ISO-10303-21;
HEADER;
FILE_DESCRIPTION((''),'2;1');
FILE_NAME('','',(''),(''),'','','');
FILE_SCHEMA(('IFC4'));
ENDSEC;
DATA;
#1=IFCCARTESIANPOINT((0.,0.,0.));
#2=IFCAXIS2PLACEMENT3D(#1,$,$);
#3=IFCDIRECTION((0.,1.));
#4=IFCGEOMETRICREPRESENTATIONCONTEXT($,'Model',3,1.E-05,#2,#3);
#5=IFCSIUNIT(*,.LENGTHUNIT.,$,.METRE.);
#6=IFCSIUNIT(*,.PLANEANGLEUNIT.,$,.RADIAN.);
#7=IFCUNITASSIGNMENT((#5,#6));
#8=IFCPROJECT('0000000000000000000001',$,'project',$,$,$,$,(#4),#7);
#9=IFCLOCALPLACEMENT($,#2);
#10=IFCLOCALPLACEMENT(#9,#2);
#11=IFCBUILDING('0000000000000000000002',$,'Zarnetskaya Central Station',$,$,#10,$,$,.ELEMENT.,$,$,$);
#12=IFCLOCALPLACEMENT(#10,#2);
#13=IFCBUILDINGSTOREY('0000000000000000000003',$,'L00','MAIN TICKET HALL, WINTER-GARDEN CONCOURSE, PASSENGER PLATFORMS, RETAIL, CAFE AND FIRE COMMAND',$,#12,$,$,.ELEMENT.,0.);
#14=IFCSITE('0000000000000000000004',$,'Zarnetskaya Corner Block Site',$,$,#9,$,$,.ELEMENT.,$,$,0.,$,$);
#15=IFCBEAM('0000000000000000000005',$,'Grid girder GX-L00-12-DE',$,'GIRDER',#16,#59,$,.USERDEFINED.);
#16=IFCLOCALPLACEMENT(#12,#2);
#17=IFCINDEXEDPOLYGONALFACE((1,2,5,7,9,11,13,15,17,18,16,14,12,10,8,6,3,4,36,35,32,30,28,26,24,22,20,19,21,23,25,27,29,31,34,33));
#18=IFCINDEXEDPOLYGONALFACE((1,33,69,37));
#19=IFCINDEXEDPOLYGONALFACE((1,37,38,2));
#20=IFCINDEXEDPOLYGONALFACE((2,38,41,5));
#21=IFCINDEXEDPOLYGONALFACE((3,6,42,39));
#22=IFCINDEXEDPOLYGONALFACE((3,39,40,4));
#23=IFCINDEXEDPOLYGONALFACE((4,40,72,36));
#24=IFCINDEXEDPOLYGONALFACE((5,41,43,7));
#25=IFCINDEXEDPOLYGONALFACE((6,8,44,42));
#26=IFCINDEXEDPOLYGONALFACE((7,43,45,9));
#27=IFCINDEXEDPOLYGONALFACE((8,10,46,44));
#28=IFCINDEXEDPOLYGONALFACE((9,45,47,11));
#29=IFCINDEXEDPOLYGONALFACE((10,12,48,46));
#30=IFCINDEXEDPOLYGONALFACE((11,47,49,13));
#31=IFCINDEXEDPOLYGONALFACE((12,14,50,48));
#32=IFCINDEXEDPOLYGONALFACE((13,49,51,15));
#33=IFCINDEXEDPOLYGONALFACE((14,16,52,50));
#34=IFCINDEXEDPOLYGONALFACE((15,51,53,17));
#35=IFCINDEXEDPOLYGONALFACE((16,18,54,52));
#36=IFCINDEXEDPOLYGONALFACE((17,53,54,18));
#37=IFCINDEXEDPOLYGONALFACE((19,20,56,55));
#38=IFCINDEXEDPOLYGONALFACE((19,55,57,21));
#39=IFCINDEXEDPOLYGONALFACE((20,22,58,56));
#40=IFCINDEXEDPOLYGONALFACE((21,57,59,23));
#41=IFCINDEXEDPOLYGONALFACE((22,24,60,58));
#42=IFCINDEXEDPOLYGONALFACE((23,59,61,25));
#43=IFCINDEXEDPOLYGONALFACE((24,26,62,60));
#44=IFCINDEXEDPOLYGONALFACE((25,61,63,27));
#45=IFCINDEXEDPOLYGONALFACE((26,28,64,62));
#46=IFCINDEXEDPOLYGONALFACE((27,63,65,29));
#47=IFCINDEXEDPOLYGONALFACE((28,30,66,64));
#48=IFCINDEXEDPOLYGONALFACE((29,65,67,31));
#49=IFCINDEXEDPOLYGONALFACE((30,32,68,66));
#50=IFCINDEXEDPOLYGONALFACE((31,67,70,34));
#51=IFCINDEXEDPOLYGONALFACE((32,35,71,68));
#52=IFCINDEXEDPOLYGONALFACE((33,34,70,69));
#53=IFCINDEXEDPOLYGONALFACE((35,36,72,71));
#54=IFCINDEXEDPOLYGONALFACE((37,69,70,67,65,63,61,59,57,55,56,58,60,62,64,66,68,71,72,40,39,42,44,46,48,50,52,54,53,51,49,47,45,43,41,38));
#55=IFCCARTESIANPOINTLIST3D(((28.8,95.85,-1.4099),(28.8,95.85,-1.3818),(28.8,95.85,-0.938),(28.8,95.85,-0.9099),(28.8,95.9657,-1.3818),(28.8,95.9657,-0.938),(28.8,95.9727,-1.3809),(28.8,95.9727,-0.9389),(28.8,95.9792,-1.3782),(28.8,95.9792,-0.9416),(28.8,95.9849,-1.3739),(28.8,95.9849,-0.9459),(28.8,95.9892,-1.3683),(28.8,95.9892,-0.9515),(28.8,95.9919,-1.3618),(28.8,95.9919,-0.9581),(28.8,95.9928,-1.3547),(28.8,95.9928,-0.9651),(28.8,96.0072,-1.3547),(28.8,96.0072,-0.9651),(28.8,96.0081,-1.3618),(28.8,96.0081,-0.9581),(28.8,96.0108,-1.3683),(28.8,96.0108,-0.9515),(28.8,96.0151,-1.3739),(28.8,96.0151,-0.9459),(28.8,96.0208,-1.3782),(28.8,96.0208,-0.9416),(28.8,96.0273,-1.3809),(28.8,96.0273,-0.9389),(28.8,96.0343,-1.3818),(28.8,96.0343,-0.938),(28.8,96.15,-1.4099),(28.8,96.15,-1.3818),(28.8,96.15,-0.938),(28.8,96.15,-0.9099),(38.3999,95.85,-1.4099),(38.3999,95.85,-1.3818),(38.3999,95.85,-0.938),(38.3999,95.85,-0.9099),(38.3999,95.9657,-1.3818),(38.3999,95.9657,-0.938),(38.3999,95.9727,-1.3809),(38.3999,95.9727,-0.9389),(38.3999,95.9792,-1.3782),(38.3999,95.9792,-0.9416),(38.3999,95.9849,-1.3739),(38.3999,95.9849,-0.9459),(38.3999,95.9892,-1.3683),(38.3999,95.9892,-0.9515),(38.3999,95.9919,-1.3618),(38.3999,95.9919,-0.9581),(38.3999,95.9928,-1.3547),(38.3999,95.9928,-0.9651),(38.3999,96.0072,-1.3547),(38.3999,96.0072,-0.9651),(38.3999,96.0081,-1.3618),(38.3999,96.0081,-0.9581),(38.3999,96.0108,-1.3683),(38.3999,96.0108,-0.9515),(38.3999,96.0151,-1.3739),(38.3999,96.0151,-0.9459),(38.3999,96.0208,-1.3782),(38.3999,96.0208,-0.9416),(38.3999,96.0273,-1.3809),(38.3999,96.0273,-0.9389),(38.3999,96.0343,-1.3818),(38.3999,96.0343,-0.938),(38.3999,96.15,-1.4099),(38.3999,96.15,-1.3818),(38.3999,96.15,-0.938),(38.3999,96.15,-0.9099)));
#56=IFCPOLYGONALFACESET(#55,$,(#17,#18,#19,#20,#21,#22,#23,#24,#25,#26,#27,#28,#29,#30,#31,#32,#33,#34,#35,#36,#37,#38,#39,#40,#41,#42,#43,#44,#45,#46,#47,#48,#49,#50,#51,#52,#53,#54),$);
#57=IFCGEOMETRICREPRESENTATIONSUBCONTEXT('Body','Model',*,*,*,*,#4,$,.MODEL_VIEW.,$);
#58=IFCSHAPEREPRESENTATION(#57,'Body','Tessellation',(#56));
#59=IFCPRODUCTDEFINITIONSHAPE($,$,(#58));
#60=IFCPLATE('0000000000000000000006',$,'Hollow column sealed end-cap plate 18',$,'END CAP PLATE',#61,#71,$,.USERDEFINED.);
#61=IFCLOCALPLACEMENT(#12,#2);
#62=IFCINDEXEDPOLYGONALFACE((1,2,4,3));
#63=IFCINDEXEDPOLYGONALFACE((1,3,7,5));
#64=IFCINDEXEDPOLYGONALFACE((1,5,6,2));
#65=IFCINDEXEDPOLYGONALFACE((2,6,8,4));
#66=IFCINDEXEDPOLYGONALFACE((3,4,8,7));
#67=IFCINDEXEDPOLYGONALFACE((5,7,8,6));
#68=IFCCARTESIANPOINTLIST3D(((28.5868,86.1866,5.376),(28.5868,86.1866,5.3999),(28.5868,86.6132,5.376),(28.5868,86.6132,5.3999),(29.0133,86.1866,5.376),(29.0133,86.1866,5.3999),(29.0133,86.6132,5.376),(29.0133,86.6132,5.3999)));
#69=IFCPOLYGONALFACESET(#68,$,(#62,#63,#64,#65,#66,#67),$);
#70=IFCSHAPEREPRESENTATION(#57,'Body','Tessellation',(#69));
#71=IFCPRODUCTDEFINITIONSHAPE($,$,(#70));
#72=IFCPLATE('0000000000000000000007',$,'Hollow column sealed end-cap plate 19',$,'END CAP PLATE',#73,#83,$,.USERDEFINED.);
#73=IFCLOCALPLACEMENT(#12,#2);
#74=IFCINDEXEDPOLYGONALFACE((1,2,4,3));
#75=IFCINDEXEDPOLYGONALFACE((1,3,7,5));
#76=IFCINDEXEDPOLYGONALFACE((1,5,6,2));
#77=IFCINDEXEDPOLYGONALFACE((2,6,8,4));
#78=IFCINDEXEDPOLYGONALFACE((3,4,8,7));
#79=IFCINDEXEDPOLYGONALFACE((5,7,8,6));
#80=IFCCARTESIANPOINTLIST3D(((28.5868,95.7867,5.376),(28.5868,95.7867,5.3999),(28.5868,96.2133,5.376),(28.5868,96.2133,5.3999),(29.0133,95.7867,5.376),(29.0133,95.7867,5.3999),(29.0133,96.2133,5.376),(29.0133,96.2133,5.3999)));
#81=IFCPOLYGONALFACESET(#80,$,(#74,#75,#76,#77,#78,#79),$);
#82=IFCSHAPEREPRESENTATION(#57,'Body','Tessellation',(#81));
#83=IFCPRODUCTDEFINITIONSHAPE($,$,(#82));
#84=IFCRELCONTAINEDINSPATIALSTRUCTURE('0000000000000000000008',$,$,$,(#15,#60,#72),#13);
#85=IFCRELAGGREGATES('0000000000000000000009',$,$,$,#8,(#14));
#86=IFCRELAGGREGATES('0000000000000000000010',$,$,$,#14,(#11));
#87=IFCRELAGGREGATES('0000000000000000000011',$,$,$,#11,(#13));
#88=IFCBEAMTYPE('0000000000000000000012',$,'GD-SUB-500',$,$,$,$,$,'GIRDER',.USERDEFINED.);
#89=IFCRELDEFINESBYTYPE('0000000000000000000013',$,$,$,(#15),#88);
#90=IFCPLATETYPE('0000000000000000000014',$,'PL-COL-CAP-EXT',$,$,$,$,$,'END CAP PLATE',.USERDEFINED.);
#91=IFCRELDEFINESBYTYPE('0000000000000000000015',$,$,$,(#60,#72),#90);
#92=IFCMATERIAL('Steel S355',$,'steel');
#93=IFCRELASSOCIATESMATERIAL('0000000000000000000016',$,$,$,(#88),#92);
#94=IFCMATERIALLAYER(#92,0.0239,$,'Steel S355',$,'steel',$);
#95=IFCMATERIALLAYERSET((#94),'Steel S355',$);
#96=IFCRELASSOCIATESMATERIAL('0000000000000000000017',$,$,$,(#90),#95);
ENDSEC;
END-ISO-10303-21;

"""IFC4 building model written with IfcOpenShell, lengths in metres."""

from ifc_helpers import new_model, si_unit, direction, frame, origin, origin_2d, place, context, subcontext, project, spatial, rectangle, i_section, extrude, material, layer, layer_set, material_profile, profile_set, type_object, element, save


model = new_model("IFC4")

# Units and contexts
model_context = context("Model", 3, precision=1e-05, world=origin(), true_north=direction((0.0, 1.0)))
body_context = subcontext(model_context, "Body", "Model", "MODEL_VIEW")
ifc_project = project(units=[si_unit("LENGTHUNIT", "METRE"), si_unit("PLANEANGLEUNIT", "RADIAN")], contexts=[model_context])

# Site, building, storey
site_placement = place(None, origin())
site = spatial("IfcSite", under=ifc_project, at=site_placement, Name="Zarnetskaya Corner Block Site", CompositionType="ELEMENT", RefElevation=0.0)
building_placement = place(site_placement, origin())
building = spatial("IfcBuilding", under=site, at=building_placement, Name="Zarnetskaya Central Station", CompositionType="ELEMENT")
storey_placement = place(building_placement, origin())
storey = spatial("IfcBuildingStorey", under=building, at=storey_placement, Name="L00", Description="MAIN TICKET HALL, WINTER-GARDEN CONCOURSE, PASSENGER PLATFORMS, RETAIL, CAFE AND FIRE COMMAND", CompositionType="ELEMENT", Elevation=0.0)

# Shared definitions
ifc_material = material(Name="Steel S355", Category="steel")

# Beam
ifc_material_profile_1 = material_profile(ifc_material, i_section(OverallWidth=0.3, OverallDepth=0.5, WebThickness=0.0144, FlangeThickness=0.0281, FilletRadius=0.0271, at=origin_2d()), Name="HEB 500")
ifc_profile_set_1 = profile_set([ifc_material_profile_1], Name="Steel S355")
beam_type_1 = type_object("IfcBeamType", Name="GD-SUB-500", ElementType="GIRDER", PredefinedType="USERDEFINED", material=ifc_profile_set_1)
for number, where, z_axis, x_axis, name in (
    (1, (28.8, 96.0, -1.1599), (1.0, 0.0, 0.0), (0.0, 1.0, 0.0), "Grid girder GX-L00-12-DE"),
):
    element("IfcBeam", number, at=place(storey_placement, frame(where, z_axis=z_axis, x_axis=x_axis)), inside=storey, type_object=beam_type_1, Name=name, ObjectType="GIRDER", PredefinedType="USERDEFINED", context=body_context, shape_type="SweptSolid", body=[
        extrude(i_section(OverallWidth=0.3, OverallDepth=0.5, WebThickness=0.0144, FlangeThickness=0.0281, FilletRadius=0.0271, at=origin_2d()), origin(), (0.0, 0.0, 1.0), 9.5999),
    ])

# Plates
ifc_layer = layer(ifc_material, 0.0239, Name="Steel S355", Category="steel")
ifc_layer_set = layer_set([ifc_layer], Name="Steel S355")
plate_type = type_object("IfcPlateType", Name="PL-COL-CAP-EXT", ElementType="END CAP PLATE", PredefinedType="USERDEFINED", material=ifc_layer_set)
for number, where, z_axis, x_axis, name in (
    (2, (28.8, 86.3999, 5.376), (0.0, 0.0, 1.0), (1.0, 0.0, 0.0), "Hollow column sealed end-cap plate 18"),
    (3, (28.8, 96.0, 5.376), (0.0, 0.0, 1.0), (1.0, 0.0, 0.0), "Hollow column sealed end-cap plate 19"),
):
    element("IfcPlate", number, at=place(storey_placement, frame(where, z_axis=z_axis, x_axis=x_axis)), inside=storey, type_object=plate_type, Name=name, ObjectType="END CAP PLATE", PredefinedType="USERDEFINED", context=body_context, shape_type="SweptSolid", body=[
        extrude(rectangle(XDim=0.4265, YDim=0.4265, at=origin_2d()), origin(), (0.0, 0.0, 1.0), 0.0239),
    ])

save(model, "model.ifc")
